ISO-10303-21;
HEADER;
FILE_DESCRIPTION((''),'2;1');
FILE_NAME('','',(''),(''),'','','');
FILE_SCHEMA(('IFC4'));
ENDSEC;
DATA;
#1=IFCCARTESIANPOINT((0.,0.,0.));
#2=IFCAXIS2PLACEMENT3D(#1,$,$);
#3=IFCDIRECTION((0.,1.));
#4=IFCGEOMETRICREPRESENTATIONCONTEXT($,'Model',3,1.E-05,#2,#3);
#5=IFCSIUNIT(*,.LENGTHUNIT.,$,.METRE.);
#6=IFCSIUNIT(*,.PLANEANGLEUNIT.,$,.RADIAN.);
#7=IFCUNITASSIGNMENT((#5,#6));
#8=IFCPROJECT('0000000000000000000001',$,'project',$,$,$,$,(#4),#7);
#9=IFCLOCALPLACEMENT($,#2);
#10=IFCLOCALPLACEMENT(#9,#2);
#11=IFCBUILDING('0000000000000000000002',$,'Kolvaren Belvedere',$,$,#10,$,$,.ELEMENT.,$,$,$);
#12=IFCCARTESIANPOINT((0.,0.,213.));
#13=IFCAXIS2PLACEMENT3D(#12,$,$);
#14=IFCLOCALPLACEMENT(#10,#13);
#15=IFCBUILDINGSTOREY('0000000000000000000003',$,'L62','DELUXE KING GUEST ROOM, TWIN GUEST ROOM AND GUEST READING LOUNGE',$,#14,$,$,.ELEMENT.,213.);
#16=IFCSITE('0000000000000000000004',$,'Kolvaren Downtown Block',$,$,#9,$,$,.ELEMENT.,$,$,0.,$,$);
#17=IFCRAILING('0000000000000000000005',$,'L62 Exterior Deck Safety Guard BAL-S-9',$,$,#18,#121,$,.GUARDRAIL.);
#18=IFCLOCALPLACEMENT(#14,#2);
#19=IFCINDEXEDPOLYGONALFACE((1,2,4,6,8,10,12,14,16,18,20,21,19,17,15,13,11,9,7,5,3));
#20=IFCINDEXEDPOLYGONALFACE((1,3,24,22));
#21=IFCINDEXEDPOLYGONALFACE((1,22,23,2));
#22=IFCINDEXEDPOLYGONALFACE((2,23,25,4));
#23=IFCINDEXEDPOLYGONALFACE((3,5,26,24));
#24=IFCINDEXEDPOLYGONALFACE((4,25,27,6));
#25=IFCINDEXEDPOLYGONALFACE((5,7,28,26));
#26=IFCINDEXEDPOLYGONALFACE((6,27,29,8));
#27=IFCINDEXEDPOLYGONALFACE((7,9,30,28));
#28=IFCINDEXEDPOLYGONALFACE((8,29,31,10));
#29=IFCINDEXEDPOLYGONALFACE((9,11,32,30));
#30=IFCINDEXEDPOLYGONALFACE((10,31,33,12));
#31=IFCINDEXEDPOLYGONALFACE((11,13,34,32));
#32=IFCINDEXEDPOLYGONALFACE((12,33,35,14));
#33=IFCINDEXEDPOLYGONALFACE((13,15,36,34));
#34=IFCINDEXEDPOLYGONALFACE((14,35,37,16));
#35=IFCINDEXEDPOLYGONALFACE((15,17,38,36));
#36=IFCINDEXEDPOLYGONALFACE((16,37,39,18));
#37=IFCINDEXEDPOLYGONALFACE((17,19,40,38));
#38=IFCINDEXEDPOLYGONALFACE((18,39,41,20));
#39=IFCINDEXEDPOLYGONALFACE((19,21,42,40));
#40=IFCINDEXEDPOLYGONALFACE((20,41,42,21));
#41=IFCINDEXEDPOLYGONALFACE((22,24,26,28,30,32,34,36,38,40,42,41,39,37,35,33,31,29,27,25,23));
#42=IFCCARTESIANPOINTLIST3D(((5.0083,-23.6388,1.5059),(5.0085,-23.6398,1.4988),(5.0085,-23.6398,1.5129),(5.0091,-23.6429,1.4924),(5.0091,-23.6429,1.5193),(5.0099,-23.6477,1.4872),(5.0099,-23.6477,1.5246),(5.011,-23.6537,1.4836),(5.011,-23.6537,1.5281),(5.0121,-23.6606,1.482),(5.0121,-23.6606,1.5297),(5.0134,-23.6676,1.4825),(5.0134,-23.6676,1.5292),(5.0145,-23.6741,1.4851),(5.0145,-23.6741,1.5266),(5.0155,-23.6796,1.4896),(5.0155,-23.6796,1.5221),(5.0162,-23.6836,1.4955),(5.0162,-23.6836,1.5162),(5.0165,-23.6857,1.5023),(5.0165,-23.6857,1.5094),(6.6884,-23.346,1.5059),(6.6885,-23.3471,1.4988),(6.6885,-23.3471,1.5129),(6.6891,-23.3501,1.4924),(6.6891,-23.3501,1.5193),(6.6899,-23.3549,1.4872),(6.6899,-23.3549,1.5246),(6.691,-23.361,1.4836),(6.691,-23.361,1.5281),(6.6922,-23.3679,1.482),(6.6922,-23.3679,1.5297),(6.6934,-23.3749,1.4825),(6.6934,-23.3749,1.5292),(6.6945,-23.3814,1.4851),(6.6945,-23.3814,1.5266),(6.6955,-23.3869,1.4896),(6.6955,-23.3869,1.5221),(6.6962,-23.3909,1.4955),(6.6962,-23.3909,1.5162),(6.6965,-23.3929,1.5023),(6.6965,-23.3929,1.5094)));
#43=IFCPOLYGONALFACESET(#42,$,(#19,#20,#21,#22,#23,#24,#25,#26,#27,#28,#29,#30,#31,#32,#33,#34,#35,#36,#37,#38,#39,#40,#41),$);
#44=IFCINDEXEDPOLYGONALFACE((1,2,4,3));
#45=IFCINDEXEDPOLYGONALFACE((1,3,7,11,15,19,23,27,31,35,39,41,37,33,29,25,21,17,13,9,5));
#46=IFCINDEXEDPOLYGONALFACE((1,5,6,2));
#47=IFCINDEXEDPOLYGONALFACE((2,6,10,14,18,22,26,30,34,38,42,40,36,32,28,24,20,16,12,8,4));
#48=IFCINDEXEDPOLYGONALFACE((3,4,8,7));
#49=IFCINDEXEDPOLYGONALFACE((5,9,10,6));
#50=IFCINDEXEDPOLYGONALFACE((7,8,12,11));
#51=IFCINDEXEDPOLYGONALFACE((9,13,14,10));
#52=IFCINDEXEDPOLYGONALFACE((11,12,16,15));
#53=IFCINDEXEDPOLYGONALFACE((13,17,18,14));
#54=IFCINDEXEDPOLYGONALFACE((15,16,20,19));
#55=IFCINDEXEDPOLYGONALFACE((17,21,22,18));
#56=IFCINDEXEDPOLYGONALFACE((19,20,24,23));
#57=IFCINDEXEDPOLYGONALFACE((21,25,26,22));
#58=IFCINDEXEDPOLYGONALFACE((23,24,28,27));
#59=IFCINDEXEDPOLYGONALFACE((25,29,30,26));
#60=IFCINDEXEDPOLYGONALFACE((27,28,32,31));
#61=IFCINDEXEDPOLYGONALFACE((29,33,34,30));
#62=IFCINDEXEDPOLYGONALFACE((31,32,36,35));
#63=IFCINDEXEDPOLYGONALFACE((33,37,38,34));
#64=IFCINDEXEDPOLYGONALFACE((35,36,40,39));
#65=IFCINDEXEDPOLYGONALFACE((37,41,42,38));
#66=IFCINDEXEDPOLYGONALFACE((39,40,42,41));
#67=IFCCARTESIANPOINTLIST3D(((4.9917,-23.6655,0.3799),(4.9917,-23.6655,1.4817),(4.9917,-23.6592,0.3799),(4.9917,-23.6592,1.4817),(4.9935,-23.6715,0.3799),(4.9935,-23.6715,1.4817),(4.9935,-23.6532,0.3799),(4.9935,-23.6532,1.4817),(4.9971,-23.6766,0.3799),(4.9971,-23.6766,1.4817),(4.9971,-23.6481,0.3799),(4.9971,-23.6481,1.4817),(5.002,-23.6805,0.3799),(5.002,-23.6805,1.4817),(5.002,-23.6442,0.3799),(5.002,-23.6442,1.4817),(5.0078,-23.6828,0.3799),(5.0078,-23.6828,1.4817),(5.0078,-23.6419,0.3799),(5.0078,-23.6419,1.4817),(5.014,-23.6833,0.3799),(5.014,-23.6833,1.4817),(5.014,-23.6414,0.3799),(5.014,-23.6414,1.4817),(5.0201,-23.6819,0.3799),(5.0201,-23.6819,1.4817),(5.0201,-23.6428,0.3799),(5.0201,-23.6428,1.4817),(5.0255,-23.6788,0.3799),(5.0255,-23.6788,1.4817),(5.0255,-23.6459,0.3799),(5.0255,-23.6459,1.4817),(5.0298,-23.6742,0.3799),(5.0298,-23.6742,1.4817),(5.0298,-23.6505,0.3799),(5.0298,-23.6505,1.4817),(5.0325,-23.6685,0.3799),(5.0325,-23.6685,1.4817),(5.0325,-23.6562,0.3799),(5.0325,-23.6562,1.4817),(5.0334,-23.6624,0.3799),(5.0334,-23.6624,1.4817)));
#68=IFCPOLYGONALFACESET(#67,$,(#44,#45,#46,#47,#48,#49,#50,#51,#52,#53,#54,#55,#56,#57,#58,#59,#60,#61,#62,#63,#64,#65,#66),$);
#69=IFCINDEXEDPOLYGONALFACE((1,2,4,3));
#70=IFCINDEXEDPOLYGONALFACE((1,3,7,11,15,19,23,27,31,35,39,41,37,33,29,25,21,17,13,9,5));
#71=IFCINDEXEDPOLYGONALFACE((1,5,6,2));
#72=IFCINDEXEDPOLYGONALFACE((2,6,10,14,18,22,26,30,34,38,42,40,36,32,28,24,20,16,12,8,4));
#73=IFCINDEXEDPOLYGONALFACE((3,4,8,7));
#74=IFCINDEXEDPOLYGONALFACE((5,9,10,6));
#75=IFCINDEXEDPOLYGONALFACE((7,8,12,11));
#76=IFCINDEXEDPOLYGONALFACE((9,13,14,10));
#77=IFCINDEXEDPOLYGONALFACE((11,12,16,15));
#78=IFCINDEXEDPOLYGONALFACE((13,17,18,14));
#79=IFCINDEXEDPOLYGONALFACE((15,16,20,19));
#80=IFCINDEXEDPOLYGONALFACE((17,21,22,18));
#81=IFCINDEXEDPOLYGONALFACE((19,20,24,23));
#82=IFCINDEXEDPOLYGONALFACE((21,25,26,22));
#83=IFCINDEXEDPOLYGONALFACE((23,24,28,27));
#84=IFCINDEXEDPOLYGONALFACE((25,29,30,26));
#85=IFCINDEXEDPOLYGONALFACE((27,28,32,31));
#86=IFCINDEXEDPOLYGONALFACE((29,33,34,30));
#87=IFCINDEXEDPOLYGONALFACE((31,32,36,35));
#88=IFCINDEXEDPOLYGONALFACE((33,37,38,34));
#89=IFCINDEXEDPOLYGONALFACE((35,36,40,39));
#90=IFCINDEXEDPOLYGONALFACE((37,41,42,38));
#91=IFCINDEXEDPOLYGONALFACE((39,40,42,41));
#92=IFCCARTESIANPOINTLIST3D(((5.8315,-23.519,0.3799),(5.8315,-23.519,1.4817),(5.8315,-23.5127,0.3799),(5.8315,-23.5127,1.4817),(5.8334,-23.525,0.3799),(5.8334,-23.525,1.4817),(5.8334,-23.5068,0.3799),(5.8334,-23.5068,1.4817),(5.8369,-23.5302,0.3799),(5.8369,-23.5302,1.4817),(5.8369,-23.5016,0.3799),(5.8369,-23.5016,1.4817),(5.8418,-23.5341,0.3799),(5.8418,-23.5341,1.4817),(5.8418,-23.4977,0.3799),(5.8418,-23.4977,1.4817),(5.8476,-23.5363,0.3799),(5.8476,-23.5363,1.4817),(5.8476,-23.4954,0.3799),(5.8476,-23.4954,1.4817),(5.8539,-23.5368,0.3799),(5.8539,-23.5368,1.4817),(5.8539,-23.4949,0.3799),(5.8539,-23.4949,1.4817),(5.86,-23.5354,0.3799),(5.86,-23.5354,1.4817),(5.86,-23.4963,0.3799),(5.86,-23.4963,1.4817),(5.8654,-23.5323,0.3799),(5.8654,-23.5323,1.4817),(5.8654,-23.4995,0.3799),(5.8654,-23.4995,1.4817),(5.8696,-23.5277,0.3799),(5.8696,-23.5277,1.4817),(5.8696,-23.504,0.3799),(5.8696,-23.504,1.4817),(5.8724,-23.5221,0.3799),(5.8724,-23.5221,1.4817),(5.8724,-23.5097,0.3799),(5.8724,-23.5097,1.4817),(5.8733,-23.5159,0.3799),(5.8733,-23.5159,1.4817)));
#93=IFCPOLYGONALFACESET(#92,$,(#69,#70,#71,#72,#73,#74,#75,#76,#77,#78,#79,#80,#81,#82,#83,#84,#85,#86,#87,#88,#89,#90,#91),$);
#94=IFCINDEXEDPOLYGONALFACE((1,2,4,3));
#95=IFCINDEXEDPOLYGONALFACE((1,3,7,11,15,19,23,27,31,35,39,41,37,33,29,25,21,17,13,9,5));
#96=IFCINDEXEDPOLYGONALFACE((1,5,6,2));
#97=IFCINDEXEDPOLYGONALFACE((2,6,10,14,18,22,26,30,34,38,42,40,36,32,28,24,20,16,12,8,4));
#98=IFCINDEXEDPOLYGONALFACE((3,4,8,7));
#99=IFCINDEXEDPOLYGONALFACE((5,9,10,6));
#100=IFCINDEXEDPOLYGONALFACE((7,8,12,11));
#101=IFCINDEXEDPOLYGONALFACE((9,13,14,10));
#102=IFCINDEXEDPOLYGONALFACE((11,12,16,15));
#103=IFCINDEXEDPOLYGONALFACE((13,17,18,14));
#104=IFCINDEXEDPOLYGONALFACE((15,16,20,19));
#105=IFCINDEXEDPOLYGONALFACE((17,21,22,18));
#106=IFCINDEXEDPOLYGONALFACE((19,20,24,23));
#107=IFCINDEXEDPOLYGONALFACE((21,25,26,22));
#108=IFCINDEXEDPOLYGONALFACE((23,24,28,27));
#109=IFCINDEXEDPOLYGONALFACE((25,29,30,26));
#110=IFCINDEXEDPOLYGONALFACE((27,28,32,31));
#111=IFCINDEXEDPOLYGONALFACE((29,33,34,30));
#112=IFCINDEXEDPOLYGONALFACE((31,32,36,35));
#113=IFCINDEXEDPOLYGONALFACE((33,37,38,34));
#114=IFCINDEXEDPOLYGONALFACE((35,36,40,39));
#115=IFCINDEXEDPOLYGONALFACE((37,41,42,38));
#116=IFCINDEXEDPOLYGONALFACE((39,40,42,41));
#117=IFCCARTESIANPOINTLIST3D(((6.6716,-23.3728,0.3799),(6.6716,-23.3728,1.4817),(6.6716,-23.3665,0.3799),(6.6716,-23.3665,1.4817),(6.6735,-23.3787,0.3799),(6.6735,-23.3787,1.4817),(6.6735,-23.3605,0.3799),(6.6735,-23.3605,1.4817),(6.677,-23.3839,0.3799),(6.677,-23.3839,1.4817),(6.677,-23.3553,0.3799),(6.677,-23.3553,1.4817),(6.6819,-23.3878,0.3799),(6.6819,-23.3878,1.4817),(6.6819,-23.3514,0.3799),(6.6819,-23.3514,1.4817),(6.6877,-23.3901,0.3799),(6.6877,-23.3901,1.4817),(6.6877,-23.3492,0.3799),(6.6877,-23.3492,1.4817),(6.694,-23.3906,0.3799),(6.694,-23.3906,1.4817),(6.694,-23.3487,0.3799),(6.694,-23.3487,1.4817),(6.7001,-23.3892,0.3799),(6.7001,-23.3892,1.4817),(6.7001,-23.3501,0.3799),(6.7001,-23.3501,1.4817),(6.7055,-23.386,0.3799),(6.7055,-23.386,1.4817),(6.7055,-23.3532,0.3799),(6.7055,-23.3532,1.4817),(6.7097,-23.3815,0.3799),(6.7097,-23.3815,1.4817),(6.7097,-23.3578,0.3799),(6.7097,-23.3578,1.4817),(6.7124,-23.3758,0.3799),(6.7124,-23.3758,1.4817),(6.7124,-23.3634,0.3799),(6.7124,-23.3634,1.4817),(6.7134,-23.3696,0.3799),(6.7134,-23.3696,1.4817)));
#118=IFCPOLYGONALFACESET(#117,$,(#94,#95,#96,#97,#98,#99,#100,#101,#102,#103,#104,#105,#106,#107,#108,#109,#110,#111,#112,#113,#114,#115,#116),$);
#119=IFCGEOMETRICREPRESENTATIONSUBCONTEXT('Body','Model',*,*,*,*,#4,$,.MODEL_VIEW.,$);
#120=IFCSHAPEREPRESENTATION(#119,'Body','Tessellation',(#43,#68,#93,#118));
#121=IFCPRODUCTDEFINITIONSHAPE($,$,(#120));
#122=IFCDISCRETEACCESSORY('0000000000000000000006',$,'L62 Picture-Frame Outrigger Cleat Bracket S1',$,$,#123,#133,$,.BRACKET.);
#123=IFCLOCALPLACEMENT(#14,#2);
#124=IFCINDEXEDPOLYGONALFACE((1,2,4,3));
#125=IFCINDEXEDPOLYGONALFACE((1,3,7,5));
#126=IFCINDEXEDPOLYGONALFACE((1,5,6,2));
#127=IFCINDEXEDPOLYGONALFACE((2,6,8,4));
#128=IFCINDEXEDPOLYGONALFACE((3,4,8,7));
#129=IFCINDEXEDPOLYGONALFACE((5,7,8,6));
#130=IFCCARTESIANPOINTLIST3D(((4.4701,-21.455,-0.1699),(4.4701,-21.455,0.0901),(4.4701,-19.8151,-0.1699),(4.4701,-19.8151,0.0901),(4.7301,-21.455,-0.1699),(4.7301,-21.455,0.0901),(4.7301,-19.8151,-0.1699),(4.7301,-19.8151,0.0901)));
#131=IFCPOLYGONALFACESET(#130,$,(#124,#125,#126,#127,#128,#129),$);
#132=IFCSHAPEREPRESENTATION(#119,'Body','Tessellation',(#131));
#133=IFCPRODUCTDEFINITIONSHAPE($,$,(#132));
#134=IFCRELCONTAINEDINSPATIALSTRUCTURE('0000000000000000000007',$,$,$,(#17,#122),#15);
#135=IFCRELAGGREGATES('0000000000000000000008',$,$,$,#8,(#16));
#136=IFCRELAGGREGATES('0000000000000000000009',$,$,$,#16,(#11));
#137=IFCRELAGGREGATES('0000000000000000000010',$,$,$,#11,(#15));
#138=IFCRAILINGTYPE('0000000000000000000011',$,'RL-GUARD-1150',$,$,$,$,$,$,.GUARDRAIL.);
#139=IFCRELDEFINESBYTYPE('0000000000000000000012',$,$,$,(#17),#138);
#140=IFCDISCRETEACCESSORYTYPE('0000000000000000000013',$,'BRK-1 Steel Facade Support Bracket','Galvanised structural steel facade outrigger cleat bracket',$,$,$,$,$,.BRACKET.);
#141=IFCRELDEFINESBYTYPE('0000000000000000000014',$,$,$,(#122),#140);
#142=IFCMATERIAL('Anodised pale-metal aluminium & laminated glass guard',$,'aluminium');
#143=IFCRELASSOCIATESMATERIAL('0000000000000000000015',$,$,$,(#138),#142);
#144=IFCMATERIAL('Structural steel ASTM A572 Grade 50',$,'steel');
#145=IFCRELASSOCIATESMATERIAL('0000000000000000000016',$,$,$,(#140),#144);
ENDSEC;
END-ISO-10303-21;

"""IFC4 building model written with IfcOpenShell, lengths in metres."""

from ifc_helpers import new_model, si_unit, direction, frame, origin, origin_2d, place, context, subcontext, project, spatial, rectangle, circle, extrude, material, type_object, element, save


model = new_model("IFC4")

# Units and contexts
model_context = context("Model", 3, precision=1e-05, world=origin(), true_north=direction((0.0, 1.0)))
body_context = subcontext(model_context, "Body", "Model", "MODEL_VIEW")
ifc_project = project(units=[si_unit("LENGTHUNIT", "METRE"), si_unit("PLANEANGLEUNIT", "RADIAN")], contexts=[model_context])

# Site, building, storey
site_placement = place(None, origin())
site = spatial("IfcSite", under=ifc_project, at=site_placement, Name="Kolvaren Downtown Block", CompositionType="ELEMENT", RefElevation=0.0)
building_placement = place(site_placement, origin())
building = spatial("IfcBuilding", under=site, at=building_placement, Name="Kolvaren Belvedere", CompositionType="ELEMENT")
storey_placement = place(building_placement, frame((0.0, 0.0, 213.0)))
storey = spatial("IfcBuildingStorey", under=building, at=storey_placement, Name="L62", Description="DELUXE KING GUEST ROOM, TWIN GUEST ROOM AND GUEST READING LOUNGE", CompositionType="ELEMENT", Elevation=213.0)

# Railing
ifc_material_1 = material(Name="Anodised pale-metal aluminium & laminated glass guard", Category="aluminium")
railing_type = type_object("IfcRailingType", Name="RL-GUARD-1150", PredefinedType="GUARDRAIL", material=ifc_material_1)
railing_1_placement = place(storey_placement, frame((5.0125, -23.6624, 0.3799)))
element("IfcRailing", 1, at=railing_1_placement, inside=storey, type_object=railing_type, Name="L62 Exterior Deck Safety Guard BAL-S-9", PredefinedType="GUARDRAIL", context=body_context, shape_type="SweptSolid", body=[
    extrude(circle(Radius=0.0239, at=origin_2d()), frame((0.0, 0.0, 1.126), z_axis=(0.985156, 0.171661, 0.0), x_axis=(-0.171661, 0.985156, 0.0)), (0.0, 0.0, 1.0), 1.7053),
    extrude(circle(Radius=0.021, at=origin_2d()), origin(), (0.0, 0.0, 1.0), 1.1018),
    extrude(circle(Radius=0.021, at=origin_2d()), frame((0.8398, 0.1465, 0.0)), (0.0, 0.0, 1.0), 1.1018),
    extrude(circle(Radius=0.021, at=origin_2d()), frame((1.6799, 0.2927, 0.0)), (0.0, 0.0, 1.0), 1.1018),
])

# Discrete accessory
ifc_material_2 = material(Name="Structural steel ASTM A572 Grade 50", Category="steel")
discrete_accessory_type = type_object("IfcDiscreteAccessoryType", Name="BRK-1 Steel Facade Support Bracket", Description="Galvanised structural steel facade outrigger cleat bracket", PredefinedType="BRACKET", material=ifc_material_2)
discrete_accessory_placement = place(storey_placement, frame((4.6001, -20.635, -0.1699), z_axis=(0.0, 0.0, 1.0), x_axis=(0.0, 1.0, 0.0)))
element("IfcDiscreteAccessory", 2, at=discrete_accessory_placement, inside=storey, type_object=discrete_accessory_type, Name="L62 Picture-Frame Outrigger Cleat Bracket S1", PredefinedType="BRACKET", context=body_context, shape_type="SweptSolid", body=[
    extrude(rectangle(XDim=1.6399, YDim=0.26, at=origin_2d()), origin(), (0.0, 0.0, 1.0), 0.26),
])

save(model, "model.ifc")
